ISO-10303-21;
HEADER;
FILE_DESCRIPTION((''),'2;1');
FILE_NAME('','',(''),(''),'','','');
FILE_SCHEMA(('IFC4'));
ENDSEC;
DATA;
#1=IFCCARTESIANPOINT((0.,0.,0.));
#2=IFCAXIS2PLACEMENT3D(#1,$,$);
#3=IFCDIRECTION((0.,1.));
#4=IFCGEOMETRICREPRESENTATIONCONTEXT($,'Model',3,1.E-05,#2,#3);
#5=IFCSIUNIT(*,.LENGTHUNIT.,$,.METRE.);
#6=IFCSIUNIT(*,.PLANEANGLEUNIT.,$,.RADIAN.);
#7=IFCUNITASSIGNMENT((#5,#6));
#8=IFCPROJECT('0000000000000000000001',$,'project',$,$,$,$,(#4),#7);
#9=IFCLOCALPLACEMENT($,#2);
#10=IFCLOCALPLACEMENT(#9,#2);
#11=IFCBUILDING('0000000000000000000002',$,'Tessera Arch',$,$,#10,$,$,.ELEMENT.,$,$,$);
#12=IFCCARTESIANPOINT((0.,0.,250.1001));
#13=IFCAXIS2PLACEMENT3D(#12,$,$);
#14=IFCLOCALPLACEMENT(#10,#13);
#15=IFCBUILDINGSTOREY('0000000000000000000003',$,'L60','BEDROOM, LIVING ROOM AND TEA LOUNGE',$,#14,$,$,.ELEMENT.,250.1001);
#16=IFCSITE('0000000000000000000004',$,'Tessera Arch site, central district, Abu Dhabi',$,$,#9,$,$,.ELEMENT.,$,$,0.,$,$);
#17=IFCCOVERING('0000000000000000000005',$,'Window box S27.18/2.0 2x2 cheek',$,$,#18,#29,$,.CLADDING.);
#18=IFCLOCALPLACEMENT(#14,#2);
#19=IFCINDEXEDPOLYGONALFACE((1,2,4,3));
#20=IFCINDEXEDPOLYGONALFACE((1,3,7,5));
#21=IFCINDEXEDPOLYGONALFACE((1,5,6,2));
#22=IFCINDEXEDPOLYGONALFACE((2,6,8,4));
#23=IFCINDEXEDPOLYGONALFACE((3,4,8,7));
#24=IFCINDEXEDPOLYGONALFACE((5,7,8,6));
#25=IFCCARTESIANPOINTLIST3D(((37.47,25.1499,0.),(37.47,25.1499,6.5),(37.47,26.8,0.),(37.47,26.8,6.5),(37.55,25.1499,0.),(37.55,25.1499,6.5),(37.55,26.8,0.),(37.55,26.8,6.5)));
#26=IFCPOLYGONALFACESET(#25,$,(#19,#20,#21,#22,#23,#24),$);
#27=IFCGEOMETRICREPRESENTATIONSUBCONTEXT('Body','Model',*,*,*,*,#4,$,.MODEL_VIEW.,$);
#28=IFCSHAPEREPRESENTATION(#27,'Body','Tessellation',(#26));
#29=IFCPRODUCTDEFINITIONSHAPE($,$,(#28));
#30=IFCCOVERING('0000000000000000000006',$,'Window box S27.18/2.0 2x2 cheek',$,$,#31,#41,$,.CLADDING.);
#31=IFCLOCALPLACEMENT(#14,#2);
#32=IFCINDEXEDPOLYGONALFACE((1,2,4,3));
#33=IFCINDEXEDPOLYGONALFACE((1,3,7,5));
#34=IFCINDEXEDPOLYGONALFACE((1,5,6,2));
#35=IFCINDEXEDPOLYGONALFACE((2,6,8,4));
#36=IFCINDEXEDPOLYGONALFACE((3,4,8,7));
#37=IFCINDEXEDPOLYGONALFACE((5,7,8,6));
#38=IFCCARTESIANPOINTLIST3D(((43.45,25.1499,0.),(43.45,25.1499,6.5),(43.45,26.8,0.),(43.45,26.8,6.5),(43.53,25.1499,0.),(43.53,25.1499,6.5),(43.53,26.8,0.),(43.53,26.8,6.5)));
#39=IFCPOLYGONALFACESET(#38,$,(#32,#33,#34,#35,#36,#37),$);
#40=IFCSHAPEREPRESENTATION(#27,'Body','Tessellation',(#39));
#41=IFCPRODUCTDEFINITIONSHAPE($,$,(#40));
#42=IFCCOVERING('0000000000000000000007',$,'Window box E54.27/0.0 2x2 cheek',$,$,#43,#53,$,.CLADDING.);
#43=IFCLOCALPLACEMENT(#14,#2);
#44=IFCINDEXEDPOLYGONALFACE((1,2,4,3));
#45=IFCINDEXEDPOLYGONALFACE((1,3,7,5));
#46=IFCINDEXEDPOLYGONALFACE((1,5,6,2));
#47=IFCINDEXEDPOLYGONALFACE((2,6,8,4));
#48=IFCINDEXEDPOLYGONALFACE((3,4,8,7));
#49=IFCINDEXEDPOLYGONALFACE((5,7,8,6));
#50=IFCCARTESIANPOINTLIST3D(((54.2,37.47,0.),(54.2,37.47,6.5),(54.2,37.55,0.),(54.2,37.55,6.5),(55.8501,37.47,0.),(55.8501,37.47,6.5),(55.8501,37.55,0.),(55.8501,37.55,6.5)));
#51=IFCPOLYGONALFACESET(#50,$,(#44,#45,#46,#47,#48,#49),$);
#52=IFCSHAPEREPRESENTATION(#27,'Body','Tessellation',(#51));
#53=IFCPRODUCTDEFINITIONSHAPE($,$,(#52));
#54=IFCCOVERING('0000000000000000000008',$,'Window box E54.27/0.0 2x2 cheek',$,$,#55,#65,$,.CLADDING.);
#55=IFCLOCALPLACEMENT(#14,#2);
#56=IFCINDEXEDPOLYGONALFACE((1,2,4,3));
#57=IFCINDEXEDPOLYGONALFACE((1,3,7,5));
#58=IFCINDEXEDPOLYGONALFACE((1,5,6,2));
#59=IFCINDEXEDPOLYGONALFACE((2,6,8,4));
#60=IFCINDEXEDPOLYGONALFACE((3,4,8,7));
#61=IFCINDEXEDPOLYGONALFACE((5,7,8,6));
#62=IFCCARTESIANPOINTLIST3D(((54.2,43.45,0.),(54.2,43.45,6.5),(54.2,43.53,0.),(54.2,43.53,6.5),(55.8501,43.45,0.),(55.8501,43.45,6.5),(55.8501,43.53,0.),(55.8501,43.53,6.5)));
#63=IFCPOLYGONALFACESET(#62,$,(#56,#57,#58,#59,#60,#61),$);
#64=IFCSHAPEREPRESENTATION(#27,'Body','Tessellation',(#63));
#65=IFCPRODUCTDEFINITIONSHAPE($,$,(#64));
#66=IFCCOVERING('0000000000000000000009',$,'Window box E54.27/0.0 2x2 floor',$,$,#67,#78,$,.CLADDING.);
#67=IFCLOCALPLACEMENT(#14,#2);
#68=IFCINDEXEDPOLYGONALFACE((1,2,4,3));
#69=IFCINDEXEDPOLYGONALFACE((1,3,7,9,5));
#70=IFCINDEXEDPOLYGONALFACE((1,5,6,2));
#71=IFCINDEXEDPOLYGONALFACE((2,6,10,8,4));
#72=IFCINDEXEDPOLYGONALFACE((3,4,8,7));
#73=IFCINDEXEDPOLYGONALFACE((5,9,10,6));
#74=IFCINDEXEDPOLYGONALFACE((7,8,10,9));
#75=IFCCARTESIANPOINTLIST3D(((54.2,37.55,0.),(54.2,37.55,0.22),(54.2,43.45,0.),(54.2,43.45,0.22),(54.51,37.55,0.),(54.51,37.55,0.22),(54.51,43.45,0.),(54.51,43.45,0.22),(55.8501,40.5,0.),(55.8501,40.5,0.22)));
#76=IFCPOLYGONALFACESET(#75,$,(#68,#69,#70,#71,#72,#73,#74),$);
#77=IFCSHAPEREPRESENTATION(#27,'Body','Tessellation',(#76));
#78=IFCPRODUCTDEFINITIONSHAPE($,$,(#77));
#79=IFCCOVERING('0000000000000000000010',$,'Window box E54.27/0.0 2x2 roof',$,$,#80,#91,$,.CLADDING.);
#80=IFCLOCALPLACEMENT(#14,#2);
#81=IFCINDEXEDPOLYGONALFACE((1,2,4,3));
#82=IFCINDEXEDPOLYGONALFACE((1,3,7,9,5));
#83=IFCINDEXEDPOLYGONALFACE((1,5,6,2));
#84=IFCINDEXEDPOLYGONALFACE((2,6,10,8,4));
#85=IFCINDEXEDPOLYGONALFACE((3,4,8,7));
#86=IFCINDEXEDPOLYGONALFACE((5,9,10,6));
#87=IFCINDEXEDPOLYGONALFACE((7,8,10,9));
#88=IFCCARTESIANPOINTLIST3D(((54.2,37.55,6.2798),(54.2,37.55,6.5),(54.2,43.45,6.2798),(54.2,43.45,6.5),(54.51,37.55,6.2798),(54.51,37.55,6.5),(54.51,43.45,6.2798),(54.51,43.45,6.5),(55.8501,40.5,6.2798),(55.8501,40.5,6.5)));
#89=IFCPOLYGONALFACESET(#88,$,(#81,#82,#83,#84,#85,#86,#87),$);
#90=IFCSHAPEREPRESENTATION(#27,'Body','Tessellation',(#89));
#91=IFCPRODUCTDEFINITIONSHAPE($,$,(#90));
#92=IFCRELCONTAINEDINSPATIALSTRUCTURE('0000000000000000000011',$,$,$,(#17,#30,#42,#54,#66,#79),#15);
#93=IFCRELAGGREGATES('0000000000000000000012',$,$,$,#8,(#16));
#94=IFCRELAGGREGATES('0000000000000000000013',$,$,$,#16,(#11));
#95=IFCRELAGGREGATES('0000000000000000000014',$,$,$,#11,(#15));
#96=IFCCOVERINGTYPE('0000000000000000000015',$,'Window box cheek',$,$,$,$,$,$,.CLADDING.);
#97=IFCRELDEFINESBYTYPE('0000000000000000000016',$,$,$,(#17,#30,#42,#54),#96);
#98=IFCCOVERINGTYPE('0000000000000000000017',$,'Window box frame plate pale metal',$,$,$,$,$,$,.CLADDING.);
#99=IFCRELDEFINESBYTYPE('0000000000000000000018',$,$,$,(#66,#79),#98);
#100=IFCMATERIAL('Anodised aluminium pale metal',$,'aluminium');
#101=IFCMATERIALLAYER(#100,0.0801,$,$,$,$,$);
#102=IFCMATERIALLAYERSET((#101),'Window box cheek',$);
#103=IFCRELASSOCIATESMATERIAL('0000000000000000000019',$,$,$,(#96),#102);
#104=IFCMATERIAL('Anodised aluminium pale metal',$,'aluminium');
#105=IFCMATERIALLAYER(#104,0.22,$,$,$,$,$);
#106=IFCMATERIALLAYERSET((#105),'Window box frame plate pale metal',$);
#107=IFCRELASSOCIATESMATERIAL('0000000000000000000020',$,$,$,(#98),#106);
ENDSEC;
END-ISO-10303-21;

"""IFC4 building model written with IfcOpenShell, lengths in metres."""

from ifc_helpers import new_model, si_unit, direction, frame, origin, place, context, subcontext, project, spatial, polyline, outline, extrude, material, layer, layer_set, type_object, element, save


model = new_model("IFC4")

# Units and contexts
model_context = context("Model", 3, precision=1e-05, world=origin(), true_north=direction((0.0, 1.0)))
body_context = subcontext(model_context, "Body", "Model", "MODEL_VIEW")
ifc_project = project(units=[si_unit("LENGTHUNIT", "METRE"), si_unit("PLANEANGLEUNIT", "RADIAN")], contexts=[model_context])

# Site, building, storey
site_placement = place(None, origin())
site = spatial("IfcSite", under=ifc_project, at=site_placement, Name="Tessera Arch site, central district, Abu Dhabi", CompositionType="ELEMENT", RefElevation=0.0)
building_placement = place(site_placement, origin())
building = spatial("IfcBuilding", under=site, at=building_placement, Name="Tessera Arch", CompositionType="ELEMENT")
storey_placement = place(building_placement, frame((0.0, 0.0, 250.1001)))
storey = spatial("IfcBuildingStorey", under=building, at=storey_placement, Name="L60", Description="BEDROOM, LIVING ROOM AND TEA LOUNGE", CompositionType="ELEMENT", Elevation=250.1001)

# Coverings
ifc_material_1 = material(Name="Anodised aluminium pale metal", Category="aluminium")
ifc_layer_1 = layer(ifc_material_1, 0.0801)
ifc_layer_set_1 = layer_set([ifc_layer_1], Name="Window box cheek")
covering_type_1 = type_object("IfcCoveringType", Name="Window box cheek", PredefinedType="CLADDING", material=ifc_layer_set_1)
covering_1_placement = place(storey_placement, origin())
element("IfcCovering", 1, at=covering_1_placement, inside=storey, type_object=covering_type_1, Name="Window box S27.18/2.0 2x2 cheek", PredefinedType="CLADDING", context=body_context, shape_type="SweptSolid", body=[
    extrude(outline(polyline([(37.47, 25.1499), (37.55, 25.1499), (37.55, 26.8), (37.47, 26.8), (37.47, 25.1499)])), origin(), (0.0, 0.0, 1.0), 6.5),
])
covering_2_placement = place(storey_placement, origin())
element("IfcCovering", 2, at=covering_2_placement, inside=storey, type_object=covering_type_1, Name="Window box S27.18/2.0 2x2 cheek", PredefinedType="CLADDING", context=body_context, shape_type="SweptSolid", body=[
    extrude(outline(polyline([(43.45, 25.1499), (43.53, 25.1499), (43.53, 26.8), (43.45, 26.8), (43.45, 25.1499)])), origin(), (0.0, 0.0, 1.0), 6.5),
])
covering_3_placement = place(storey_placement, origin())
element("IfcCovering", 3, at=covering_3_placement, inside=storey, type_object=covering_type_1, Name="Window box E54.27/0.0 2x2 cheek", PredefinedType="CLADDING", context=body_context, shape_type="SweptSolid", body=[
    extrude(outline(polyline([(55.8501, 37.47), (55.8501, 37.55), (54.2, 37.55), (54.2, 37.47), (55.8501, 37.47)])), origin(), (0.0, 0.0, 1.0), 6.5),
])
covering_4_placement = place(storey_placement, origin())
element("IfcCovering", 4, at=covering_4_placement, inside=storey, type_object=covering_type_1, Name="Window box E54.27/0.0 2x2 cheek", PredefinedType="CLADDING", context=body_context, shape_type="SweptSolid", body=[
    extrude(outline(polyline([(55.8501, 43.45), (55.8501, 43.53), (54.2, 43.53), (54.2, 43.45), (55.8501, 43.45)])), origin(), (0.0, 0.0, 1.0), 6.5),
])
ifc_material_2 = material(Name="Anodised aluminium pale metal", Category="aluminium")
ifc_layer_2 = layer(ifc_material_2, 0.22)
ifc_layer_set_2 = layer_set([ifc_layer_2], Name="Window box frame plate pale metal")
covering_type_2 = type_object("IfcCoveringType", Name="Window box frame plate pale metal", PredefinedType="CLADDING", material=ifc_layer_set_2)
covering_5_placement = place(storey_placement, origin())
element("IfcCovering", 5, at=covering_5_placement, inside=storey, type_object=covering_type_2, Name="Window box E54.27/0.0 2x2 floor", PredefinedType="CLADDING", context=body_context, shape_type="SweptSolid", body=[
    extrude(outline(polyline([(54.51, 37.55), (55.8501, 40.5), (54.51, 43.45), (54.2, 43.45), (54.2, 37.55), (54.51, 37.55)])), origin(), (0.0, 0.0, 1.0), 0.22),
])
covering_6_placement = place(storey_placement, frame((0.0, 0.0, 6.2798)))
element("IfcCovering", 6, at=covering_6_placement, inside=storey, type_object=covering_type_2, Name="Window box E54.27/0.0 2x2 roof", PredefinedType="CLADDING", context=body_context, shape_type="SweptSolid", body=[
    extrude(outline(polyline([(54.51, 37.55), (55.8501, 40.5), (54.51, 43.45), (54.2, 43.45), (54.2, 37.55), (54.51, 37.55)])), origin(), (0.0, 0.0, 1.0), 0.2202),
])

save(model, "model.ifc")
